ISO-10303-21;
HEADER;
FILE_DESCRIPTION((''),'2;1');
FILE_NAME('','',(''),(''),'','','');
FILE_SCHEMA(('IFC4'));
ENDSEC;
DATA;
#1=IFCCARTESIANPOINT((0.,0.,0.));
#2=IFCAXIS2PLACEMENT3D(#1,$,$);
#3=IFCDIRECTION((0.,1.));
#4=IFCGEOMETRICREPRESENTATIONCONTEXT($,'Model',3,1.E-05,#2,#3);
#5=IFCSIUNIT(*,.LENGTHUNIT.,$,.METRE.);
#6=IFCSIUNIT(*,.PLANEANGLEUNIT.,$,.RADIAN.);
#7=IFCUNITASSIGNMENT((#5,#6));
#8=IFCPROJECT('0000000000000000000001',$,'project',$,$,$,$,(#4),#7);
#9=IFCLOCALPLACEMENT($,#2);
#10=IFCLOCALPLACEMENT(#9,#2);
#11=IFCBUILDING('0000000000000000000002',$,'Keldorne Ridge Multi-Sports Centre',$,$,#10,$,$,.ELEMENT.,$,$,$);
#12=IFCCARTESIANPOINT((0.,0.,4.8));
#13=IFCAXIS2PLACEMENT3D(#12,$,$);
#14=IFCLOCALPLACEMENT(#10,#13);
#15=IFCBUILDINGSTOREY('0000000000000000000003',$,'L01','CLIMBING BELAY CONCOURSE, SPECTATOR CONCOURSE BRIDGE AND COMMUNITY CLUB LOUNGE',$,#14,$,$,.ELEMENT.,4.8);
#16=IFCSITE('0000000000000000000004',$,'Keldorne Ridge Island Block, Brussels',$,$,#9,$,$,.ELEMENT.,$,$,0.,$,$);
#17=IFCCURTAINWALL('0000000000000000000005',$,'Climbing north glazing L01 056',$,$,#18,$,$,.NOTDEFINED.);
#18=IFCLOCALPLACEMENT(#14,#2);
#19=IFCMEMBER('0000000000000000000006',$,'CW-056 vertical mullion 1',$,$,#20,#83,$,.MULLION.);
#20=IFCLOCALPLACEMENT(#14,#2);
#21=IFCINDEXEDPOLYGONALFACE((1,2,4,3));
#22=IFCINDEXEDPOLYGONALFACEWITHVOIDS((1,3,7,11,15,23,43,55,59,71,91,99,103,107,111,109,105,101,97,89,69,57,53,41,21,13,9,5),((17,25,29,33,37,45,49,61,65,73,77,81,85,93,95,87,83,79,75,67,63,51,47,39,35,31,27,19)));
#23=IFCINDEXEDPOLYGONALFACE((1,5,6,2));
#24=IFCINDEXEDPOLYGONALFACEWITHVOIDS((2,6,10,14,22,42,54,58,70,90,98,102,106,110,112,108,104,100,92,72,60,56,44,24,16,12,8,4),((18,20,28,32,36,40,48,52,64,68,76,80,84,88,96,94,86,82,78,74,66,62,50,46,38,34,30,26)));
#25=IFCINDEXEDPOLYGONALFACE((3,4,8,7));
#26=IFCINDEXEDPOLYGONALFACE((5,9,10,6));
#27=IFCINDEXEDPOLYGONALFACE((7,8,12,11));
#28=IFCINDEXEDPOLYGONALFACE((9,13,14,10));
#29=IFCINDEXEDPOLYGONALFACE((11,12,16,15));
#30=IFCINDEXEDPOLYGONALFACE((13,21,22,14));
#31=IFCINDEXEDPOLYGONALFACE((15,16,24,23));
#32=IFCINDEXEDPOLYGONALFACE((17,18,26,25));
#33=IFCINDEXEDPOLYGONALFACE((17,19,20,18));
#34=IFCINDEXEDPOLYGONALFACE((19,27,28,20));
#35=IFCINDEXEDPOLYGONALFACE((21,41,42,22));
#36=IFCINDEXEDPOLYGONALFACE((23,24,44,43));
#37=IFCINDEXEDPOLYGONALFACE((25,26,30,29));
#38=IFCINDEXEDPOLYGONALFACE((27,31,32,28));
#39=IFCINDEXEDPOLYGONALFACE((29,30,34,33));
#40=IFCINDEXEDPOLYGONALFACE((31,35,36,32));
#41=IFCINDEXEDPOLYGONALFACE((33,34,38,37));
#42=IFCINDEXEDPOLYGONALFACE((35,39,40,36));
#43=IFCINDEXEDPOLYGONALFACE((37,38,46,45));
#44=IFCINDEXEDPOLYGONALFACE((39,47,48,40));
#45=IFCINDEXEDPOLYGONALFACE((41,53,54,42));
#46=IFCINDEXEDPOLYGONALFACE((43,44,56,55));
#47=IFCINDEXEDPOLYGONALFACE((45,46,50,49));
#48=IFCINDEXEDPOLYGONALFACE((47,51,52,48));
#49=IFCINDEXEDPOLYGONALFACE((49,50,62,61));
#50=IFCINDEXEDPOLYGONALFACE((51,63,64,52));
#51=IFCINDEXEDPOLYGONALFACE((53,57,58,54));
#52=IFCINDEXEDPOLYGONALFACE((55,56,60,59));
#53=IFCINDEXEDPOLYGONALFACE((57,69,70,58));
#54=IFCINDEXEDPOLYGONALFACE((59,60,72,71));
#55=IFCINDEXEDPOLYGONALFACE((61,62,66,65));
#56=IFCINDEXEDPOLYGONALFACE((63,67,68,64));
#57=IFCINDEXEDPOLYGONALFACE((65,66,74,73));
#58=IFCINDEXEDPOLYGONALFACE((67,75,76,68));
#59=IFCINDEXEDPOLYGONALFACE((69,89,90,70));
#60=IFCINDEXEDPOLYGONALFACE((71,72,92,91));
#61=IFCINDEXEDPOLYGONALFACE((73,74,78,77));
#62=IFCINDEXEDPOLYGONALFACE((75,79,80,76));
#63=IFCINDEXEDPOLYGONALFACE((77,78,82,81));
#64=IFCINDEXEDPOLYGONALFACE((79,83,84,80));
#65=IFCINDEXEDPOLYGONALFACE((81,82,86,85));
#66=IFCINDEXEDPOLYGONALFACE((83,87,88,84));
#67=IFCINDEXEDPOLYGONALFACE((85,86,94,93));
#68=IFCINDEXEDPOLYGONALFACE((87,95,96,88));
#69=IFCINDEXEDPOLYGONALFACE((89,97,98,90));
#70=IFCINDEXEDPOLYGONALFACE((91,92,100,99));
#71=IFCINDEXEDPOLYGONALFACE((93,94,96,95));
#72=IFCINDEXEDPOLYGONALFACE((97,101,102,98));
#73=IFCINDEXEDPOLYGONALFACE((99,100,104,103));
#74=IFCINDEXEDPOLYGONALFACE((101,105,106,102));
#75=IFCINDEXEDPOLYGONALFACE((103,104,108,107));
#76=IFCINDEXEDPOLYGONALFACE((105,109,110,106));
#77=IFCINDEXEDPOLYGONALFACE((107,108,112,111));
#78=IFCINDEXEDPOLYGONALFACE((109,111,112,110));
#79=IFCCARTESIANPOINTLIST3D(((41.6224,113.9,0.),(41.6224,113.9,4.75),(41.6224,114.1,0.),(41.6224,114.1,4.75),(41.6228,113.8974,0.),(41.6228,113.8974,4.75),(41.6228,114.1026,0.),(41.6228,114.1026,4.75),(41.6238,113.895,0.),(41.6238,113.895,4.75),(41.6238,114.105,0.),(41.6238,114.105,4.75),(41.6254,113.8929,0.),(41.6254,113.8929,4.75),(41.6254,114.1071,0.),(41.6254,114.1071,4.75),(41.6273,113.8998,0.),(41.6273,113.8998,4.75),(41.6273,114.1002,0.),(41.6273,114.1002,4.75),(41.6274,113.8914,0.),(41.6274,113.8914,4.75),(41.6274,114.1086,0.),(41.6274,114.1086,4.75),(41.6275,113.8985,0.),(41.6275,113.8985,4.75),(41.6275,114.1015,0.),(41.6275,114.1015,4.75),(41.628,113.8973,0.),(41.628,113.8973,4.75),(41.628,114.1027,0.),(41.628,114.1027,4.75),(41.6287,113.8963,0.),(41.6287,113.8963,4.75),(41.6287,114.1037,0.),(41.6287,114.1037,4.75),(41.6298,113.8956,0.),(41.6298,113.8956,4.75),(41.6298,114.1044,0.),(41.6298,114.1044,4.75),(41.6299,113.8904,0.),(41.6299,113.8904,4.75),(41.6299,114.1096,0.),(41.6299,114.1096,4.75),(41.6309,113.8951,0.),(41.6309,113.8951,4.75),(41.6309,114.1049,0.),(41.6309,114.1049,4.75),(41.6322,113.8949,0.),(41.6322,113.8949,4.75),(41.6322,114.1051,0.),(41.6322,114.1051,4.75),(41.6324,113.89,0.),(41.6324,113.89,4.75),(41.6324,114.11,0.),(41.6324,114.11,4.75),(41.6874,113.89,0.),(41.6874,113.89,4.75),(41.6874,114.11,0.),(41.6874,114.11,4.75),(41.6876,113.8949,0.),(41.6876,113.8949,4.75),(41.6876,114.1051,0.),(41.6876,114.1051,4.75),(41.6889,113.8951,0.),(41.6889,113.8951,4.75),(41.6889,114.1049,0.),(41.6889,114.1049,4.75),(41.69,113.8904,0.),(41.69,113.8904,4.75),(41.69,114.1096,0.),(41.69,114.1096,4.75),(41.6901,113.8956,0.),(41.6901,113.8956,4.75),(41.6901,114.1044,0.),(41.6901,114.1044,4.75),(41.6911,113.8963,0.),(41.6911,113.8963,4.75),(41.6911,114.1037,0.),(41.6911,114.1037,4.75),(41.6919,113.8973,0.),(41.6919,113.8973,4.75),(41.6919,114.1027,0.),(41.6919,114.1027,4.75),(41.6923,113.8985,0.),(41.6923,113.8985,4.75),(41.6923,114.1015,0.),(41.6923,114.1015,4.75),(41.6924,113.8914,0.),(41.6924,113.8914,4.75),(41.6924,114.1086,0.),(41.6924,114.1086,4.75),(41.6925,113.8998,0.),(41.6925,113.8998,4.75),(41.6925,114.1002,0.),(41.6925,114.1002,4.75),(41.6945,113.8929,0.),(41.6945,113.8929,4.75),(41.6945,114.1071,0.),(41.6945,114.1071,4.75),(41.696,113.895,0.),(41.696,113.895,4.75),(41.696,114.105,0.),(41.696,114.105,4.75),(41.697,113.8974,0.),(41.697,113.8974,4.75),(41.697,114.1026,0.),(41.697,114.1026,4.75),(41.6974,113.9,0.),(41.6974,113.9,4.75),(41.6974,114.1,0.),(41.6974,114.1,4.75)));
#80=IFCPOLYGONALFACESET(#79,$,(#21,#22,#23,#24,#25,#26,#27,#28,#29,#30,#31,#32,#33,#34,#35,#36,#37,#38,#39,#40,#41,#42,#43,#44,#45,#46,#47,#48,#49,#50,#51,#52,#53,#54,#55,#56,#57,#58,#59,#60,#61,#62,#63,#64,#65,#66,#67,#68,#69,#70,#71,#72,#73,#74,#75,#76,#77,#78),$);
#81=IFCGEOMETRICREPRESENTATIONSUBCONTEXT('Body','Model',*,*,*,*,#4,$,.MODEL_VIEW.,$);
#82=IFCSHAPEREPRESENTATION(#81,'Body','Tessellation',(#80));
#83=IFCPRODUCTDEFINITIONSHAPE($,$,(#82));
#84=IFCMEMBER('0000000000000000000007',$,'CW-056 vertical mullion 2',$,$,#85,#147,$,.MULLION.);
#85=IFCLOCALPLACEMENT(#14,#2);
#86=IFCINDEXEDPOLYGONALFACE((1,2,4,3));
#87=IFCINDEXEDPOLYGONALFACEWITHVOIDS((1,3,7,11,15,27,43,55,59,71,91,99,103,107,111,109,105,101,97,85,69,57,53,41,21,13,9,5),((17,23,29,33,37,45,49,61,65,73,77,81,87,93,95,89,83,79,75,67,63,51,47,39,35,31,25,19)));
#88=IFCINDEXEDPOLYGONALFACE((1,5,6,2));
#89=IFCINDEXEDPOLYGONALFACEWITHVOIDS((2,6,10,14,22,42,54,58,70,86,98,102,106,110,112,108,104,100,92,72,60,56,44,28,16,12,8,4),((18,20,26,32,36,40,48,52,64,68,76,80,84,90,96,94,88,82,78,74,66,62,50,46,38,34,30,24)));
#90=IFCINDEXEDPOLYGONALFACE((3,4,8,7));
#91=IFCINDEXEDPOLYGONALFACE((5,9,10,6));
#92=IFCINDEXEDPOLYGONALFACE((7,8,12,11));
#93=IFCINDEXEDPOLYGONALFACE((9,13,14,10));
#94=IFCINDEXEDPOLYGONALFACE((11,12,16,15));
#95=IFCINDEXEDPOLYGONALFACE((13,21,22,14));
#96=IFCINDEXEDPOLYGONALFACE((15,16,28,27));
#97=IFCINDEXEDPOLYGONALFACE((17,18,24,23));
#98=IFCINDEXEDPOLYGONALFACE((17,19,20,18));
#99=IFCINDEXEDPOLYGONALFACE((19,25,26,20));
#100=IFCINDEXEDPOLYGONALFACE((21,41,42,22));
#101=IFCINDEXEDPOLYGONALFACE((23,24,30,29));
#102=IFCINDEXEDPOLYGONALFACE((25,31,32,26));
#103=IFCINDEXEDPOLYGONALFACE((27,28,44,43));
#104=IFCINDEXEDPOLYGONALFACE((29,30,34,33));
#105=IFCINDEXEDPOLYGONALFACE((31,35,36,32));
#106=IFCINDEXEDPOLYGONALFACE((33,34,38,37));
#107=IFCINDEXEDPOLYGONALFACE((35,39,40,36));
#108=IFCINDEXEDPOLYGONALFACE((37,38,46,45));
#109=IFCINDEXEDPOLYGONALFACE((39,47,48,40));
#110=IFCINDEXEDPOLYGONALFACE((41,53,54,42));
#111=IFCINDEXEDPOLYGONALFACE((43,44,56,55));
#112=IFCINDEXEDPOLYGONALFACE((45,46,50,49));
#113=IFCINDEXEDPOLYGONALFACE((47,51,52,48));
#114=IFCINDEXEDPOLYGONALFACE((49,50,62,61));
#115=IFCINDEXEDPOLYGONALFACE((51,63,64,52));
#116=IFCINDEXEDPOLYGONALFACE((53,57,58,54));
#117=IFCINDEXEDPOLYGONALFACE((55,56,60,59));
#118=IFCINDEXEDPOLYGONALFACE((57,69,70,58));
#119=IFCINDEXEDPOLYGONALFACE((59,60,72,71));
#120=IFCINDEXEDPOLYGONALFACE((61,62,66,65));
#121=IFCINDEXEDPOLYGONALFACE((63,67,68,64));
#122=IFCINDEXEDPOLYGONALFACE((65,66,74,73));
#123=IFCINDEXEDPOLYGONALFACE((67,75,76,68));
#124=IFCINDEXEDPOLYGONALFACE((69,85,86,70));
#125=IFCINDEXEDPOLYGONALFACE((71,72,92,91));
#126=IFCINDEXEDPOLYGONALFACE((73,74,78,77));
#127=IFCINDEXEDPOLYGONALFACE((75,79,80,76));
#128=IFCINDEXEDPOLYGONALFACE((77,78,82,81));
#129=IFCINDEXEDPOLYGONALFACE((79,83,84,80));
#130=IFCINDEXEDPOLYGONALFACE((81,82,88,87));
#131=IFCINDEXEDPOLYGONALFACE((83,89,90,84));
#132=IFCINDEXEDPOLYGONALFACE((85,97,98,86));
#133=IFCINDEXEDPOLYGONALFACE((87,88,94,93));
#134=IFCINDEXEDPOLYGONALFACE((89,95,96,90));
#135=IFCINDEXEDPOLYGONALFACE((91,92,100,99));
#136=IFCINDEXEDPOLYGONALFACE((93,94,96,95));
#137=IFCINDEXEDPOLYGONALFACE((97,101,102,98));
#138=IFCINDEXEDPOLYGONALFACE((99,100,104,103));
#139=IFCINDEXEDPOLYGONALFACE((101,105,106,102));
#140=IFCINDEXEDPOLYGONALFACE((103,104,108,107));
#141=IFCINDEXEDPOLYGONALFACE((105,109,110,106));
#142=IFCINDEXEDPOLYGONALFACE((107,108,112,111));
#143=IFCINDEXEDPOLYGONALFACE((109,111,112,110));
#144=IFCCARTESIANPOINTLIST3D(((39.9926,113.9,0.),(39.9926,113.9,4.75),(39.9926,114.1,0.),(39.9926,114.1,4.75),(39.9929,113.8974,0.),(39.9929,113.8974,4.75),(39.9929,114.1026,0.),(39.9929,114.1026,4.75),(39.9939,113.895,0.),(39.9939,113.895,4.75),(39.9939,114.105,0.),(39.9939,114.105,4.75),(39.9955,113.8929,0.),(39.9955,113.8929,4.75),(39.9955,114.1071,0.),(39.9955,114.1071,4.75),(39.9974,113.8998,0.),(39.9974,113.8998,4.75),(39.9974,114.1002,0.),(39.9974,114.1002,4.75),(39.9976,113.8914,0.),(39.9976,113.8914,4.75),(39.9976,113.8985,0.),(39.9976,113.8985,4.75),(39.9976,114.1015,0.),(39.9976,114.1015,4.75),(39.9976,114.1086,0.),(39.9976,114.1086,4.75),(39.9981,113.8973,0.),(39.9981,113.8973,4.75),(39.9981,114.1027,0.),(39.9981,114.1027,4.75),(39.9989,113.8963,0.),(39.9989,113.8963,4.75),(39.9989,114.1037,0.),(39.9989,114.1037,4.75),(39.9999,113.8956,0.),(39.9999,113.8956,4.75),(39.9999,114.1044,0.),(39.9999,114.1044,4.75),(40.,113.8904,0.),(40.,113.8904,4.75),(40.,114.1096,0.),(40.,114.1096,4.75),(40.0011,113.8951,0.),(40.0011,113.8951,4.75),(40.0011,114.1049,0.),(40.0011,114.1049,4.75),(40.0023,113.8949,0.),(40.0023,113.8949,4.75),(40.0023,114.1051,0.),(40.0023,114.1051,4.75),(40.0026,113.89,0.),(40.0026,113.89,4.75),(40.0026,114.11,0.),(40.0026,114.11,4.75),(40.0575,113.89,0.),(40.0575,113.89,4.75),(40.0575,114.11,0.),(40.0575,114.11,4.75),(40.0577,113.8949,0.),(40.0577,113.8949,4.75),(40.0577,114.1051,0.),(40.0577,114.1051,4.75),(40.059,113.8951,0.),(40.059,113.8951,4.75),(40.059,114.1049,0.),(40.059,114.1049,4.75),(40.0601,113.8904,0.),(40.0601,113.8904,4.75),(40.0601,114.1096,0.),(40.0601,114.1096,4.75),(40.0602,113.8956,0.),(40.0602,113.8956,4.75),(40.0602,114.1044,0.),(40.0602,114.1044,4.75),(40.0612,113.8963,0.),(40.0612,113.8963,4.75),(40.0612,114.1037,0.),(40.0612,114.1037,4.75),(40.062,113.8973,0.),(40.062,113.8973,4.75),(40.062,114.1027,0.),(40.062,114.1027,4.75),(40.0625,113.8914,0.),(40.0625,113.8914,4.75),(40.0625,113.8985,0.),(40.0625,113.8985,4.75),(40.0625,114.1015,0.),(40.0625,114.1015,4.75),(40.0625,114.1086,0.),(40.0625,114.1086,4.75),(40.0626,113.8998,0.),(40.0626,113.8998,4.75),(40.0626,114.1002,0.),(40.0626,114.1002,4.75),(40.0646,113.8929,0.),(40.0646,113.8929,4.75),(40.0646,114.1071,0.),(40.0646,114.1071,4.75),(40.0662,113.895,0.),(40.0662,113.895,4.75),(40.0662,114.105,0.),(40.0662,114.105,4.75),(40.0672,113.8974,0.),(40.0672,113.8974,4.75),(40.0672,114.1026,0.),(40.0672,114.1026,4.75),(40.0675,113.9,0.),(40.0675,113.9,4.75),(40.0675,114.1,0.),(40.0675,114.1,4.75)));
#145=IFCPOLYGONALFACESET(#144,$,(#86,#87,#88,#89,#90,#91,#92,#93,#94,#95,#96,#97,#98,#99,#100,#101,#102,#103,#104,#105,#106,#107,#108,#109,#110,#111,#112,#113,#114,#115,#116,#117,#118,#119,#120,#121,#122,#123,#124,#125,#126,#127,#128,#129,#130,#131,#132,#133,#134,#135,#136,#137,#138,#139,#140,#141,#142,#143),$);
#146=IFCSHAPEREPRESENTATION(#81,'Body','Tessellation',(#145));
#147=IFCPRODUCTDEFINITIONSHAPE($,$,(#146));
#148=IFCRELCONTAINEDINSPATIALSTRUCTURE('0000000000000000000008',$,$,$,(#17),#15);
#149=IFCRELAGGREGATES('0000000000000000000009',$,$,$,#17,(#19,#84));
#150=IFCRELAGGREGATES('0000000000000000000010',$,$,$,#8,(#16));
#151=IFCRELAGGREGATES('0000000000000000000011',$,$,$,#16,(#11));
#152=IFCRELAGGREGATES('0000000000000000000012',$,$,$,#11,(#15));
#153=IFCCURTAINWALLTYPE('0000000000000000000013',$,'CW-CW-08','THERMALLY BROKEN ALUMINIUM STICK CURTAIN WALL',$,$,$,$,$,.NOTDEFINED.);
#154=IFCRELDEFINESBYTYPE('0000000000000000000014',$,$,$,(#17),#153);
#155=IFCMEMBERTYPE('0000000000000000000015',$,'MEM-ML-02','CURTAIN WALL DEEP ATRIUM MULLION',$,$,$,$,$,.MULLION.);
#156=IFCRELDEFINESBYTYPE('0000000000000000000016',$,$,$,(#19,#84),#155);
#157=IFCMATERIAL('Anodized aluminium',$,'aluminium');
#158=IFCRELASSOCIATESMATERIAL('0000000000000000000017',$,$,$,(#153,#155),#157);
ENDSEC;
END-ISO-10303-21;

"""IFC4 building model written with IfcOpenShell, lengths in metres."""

from ifc_helpers import new_model, si_unit, direction, frame, origin, origin_2d, place, context, subcontext, project, spatial, hollow_rectangle, extrude, material, material_profile, profile_set, type_object, element, aggregate, save


model = new_model("IFC4")

# Units and contexts
model_context = context("Model", 3, precision=1e-05, world=origin(), true_north=direction((0.0, 1.0)))
body_context = subcontext(model_context, "Body", "Model", "MODEL_VIEW")
ifc_project = project(units=[si_unit("LENGTHUNIT", "METRE"), si_unit("PLANEANGLEUNIT", "RADIAN")], contexts=[model_context])

# Site, building, storey
site_placement = place(None, origin())
site = spatial("IfcSite", under=ifc_project, at=site_placement, Name="Keldorne Ridge Island Block, Brussels", CompositionType="ELEMENT", RefElevation=0.0)
building_placement = place(site_placement, origin())
building = spatial("IfcBuilding", under=site, at=building_placement, Name="Keldorne Ridge Multi-Sports Centre", CompositionType="ELEMENT")
storey_placement = place(building_placement, frame((0.0, 0.0, 4.8)))
storey = spatial("IfcBuildingStorey", under=building, at=storey_placement, Name="L01", Description="CLIMBING BELAY CONCOURSE, SPECTATOR CONCOURSE BRIDGE AND COMMUNITY CLUB LOUNGE", CompositionType="ELEMENT", Elevation=4.8)

# Curtain wall, members
ifc_material_1 = material(Name="Anodized aluminium", Category="aluminium")
curtain_wall_type = type_object("IfcCurtainWallType", Name="CW-CW-08", Description="THERMALLY BROKEN ALUMINIUM STICK CURTAIN WALL", PredefinedType="NOTDEFINED", material=ifc_material_1)
curtain_wall_placement = place(storey_placement, origin())
curtain_wall = element("IfcCurtainWall", 1, at=curtain_wall_placement, inside=storey, type_object=curtain_wall_type, Name="Climbing north glazing L01 056", PredefinedType="NOTDEFINED")
ifc_material_profile_1 = material_profile(ifc_material_1, hollow_rectangle(XDim=0.075, YDim=0.22, WallThickness=0.0049, InnerFilletRadius=0.0049, OuterFilletRadius=0.01, at=origin_2d()), Name="ALU MULLION 220x75x5")
ifc_profile_set_1 = profile_set([ifc_material_profile_1], Name="Anodized aluminium")
member_type_1 = type_object("IfcMemberType", Name="MEM-ML-02", Description="CURTAIN WALL DEEP ATRIUM MULLION", PredefinedType="MULLION", material=ifc_profile_set_1)
member_1_placement = place(storey_placement, frame((41.6599, 114.0, 0.0), z_axis=(0.0, 0.0, 1.0), x_axis=(1.0, 0.0, 0.0)))
member_1 = element("IfcMember", 2, at=member_1_placement, type_object=member_type_1, Name="CW-056 vertical mullion 1", PredefinedType="MULLION", context=body_context, shape_type="SweptSolid", body=[
    extrude(hollow_rectangle(XDim=0.075, YDim=0.22, WallThickness=0.0049, InnerFilletRadius=0.0049, OuterFilletRadius=0.01, at=origin_2d()), origin(), (0.0, 0.0, 1.0), 4.75),
])
member_2_placement = place(storey_placement, frame((40.03, 114.0, 0.0), z_axis=(0.0, 0.0, 1.0), x_axis=(1.0, 0.0, 0.0)))
member_2 = element("IfcMember", 3, at=member_2_placement, type_object=member_type_1, Name="CW-056 vertical mullion 2", PredefinedType="MULLION", context=body_context, shape_type="SweptSolid", body=[
    extrude(hollow_rectangle(XDim=0.075, YDim=0.22, WallThickness=0.0049, InnerFilletRadius=0.0049, OuterFilletRadius=0.01, at=origin_2d()), origin(), (0.0, 0.0, 1.0), 4.75),
])
aggregate(curtain_wall, [member_1, member_2])

save(model, "model.ifc")
